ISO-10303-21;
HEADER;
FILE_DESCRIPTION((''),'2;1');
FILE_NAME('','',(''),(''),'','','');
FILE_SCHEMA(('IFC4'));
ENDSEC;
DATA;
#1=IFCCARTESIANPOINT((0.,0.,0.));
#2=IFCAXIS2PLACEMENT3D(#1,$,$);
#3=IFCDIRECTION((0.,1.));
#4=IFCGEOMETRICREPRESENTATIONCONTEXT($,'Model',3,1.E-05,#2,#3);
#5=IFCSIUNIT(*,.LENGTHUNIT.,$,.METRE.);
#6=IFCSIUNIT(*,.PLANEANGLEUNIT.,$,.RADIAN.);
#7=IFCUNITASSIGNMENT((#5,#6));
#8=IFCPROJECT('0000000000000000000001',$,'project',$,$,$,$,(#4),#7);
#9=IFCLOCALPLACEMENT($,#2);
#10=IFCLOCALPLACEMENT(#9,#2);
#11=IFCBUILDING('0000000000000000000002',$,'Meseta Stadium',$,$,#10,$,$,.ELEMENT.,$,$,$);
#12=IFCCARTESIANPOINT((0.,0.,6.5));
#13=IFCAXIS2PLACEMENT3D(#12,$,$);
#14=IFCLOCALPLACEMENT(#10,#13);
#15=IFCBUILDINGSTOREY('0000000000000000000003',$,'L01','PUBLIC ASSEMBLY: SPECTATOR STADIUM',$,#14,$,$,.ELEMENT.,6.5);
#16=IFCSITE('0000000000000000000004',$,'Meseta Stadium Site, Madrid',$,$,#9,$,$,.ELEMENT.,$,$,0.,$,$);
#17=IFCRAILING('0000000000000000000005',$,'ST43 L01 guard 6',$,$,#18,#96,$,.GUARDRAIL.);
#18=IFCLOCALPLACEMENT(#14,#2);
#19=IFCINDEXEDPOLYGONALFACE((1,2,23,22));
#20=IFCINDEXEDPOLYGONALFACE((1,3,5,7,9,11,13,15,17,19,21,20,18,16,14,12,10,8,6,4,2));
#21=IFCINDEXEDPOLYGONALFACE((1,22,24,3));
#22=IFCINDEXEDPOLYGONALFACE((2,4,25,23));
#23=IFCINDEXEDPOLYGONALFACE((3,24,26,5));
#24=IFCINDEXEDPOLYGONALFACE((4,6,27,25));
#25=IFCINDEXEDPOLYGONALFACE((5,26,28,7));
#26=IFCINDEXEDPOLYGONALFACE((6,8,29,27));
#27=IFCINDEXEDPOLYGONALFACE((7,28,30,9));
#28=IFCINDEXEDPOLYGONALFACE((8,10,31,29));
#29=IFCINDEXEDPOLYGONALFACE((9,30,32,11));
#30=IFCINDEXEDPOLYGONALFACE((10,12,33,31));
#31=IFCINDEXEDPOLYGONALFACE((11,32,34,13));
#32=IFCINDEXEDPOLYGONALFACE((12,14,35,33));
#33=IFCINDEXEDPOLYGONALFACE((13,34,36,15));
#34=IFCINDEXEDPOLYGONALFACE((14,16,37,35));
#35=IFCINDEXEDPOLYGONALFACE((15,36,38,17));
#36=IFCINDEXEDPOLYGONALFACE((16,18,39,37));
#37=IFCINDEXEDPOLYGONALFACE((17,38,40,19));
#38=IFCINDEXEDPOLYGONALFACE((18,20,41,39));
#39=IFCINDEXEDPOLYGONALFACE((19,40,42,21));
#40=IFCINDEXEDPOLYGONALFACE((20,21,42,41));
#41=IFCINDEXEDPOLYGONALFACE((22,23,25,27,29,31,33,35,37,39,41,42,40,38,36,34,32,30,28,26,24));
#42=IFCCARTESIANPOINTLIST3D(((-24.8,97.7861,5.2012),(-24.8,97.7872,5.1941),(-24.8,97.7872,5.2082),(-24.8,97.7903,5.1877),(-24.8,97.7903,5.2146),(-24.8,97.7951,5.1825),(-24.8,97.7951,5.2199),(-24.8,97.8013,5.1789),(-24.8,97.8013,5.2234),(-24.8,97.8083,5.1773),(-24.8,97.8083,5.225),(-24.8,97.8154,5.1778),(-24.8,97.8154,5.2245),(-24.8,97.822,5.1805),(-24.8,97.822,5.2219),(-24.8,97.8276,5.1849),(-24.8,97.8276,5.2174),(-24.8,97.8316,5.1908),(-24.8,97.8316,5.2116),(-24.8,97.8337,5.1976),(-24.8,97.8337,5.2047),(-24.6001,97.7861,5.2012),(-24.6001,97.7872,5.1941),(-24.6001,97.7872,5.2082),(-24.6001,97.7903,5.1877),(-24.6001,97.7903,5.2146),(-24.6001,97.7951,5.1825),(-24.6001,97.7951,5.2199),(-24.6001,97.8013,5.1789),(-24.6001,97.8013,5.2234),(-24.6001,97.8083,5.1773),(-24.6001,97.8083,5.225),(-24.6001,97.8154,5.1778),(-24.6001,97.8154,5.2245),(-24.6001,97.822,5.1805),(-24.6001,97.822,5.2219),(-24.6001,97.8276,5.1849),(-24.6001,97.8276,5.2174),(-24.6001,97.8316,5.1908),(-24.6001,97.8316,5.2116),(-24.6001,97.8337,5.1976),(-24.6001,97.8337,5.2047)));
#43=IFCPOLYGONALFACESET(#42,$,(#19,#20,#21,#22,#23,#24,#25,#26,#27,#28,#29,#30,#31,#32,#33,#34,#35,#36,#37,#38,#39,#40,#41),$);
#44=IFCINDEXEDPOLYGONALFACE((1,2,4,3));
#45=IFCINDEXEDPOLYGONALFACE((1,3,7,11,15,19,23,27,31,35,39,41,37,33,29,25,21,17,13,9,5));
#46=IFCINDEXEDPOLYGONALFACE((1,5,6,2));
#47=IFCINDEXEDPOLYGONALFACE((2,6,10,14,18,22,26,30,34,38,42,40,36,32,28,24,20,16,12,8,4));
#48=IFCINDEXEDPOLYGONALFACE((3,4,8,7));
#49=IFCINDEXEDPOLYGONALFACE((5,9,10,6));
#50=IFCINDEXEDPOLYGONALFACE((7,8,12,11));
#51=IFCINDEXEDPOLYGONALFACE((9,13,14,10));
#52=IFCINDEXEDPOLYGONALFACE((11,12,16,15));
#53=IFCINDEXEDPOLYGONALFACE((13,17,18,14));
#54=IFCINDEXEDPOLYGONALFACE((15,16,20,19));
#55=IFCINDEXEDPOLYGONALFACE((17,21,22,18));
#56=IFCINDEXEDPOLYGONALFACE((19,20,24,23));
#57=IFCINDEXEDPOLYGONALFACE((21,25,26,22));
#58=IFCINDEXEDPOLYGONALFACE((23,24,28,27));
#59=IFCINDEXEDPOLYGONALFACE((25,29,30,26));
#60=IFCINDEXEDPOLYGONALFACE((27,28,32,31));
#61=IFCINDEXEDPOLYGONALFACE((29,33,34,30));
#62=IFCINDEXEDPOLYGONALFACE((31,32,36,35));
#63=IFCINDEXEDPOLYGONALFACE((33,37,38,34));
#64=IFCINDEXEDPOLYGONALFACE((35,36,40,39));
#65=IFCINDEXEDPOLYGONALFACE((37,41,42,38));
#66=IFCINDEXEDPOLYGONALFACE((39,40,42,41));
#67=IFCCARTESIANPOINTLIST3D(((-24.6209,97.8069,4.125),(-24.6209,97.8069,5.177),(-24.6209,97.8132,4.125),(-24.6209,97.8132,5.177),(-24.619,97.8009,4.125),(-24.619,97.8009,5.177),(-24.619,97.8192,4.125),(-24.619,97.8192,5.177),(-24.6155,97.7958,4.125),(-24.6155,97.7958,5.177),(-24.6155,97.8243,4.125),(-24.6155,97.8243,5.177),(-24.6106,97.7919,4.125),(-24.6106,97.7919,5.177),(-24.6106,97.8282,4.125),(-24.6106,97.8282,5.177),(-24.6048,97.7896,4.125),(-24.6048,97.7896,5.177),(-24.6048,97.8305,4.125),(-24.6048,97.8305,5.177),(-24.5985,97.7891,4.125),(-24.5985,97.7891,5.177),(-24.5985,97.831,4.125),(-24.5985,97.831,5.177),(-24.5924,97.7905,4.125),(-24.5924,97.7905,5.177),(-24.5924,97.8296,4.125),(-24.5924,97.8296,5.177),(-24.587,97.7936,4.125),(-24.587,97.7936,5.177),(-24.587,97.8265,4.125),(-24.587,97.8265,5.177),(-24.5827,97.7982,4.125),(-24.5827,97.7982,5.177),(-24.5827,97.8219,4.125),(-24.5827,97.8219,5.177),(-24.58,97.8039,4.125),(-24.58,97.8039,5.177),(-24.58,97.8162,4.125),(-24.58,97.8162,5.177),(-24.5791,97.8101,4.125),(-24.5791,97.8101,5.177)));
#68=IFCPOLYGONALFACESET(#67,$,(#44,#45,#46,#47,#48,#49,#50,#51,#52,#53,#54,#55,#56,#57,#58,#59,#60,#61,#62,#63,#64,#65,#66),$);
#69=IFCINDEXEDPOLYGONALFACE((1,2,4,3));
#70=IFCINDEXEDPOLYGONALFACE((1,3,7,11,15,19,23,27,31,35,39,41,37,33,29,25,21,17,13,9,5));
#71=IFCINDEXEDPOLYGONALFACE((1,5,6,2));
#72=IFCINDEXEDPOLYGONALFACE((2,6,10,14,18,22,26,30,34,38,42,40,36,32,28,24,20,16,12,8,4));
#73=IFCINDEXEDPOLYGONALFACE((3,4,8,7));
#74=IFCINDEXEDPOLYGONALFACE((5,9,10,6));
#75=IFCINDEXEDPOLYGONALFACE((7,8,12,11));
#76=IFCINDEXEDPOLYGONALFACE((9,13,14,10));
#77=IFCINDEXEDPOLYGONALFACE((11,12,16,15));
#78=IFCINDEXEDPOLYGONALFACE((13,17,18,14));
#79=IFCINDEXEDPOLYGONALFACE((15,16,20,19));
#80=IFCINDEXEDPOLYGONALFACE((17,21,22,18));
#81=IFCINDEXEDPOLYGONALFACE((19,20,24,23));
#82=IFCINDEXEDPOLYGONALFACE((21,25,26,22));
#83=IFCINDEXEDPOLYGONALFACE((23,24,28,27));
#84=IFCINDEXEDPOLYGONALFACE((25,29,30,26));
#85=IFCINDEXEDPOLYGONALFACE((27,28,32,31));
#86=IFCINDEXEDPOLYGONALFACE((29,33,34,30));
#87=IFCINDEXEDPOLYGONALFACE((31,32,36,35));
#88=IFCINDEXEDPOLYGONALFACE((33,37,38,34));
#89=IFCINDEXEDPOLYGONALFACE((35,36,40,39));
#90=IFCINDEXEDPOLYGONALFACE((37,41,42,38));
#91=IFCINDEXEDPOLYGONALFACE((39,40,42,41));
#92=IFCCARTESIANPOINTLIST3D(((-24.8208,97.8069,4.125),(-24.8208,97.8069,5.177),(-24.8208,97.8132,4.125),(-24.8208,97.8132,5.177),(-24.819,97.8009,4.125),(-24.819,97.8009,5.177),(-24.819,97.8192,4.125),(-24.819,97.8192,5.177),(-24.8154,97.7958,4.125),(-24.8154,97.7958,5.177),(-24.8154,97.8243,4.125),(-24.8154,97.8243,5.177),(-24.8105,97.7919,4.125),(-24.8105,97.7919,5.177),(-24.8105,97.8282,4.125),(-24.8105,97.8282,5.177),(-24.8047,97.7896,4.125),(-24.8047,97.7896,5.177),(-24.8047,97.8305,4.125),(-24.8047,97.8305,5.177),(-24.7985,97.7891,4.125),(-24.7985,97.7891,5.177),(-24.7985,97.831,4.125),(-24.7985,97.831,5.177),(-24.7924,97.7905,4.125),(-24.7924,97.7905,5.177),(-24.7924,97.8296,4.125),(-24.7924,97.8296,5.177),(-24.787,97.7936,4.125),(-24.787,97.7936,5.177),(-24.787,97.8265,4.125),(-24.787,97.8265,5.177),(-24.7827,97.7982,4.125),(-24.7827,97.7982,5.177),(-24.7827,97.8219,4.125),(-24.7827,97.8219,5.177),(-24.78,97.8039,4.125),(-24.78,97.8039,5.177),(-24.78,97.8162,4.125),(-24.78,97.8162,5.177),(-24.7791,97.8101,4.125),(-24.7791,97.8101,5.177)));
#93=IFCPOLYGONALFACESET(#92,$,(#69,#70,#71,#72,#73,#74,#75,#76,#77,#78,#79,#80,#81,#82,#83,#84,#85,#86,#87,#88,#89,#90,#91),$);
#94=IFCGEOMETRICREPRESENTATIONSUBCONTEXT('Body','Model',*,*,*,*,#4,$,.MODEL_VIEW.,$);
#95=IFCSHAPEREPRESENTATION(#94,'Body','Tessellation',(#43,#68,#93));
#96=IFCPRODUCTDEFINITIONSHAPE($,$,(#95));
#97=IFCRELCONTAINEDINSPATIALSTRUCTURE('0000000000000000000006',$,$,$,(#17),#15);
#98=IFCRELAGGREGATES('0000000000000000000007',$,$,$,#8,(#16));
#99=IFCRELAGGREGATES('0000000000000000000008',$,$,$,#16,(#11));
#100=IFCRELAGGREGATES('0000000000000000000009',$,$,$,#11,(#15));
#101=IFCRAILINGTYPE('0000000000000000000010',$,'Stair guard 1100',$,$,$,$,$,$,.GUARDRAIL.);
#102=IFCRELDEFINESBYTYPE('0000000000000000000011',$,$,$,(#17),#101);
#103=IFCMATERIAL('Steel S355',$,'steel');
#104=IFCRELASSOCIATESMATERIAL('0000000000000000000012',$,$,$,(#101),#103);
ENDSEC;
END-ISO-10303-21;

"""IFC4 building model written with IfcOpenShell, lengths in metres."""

from ifc_helpers import new_model, si_unit, direction, frame, origin, origin_2d, place, context, subcontext, project, spatial, circle, extrude, material, type_object, element, save


model = new_model("IFC4")

# Units and contexts
model_context = context("Model", 3, precision=1e-05, world=origin(), true_north=direction((0.0, 1.0)))
body_context = subcontext(model_context, "Body", "Model", "MODEL_VIEW")
ifc_project = project(units=[si_unit("LENGTHUNIT", "METRE"), si_unit("PLANEANGLEUNIT", "RADIAN")], contexts=[model_context])

# Site, building, storey
site_placement = place(None, origin())
site = spatial("IfcSite", under=ifc_project, at=site_placement, Name="Meseta Stadium Site, Madrid", CompositionType="ELEMENT", RefElevation=0.0)
building_placement = place(site_placement, origin())
building = spatial("IfcBuilding", under=site, at=building_placement, Name="Meseta Stadium", CompositionType="ELEMENT")
storey_placement = place(building_placement, frame((0.0, 0.0, 6.5)))
storey = spatial("IfcBuildingStorey", under=building, at=storey_placement, Name="L01", Description="PUBLIC ASSEMBLY: SPECTATOR STADIUM", CompositionType="ELEMENT", Elevation=6.5)

# Railing
ifc_material_1 = material(Name="Steel S355", Category="steel")
railing_type_1 = type_object("IfcRailingType", Name="Stair guard 1100", PredefinedType="GUARDRAIL", material=ifc_material_1)
railing_1_placement = place(storey_placement, frame((-24.6001, 97.8101, 4.125)))
element("IfcRailing", 1, at=railing_1_placement, inside=storey, type_object=railing_type_1, Name="ST43 L01 guard 6", PredefinedType="GUARDRAIL", context=body_context, shape_type="SweptSolid", body=[
    extrude(circle(Radius=0.0239, at=origin_2d()), frame((0.0, 0.0, 1.0762), z_axis=(-1.0, 0.0, 0.0), x_axis=(0.0, -1.0, 0.0)), (0.0, 0.0, 1.0), 0.2),
    extrude(circle(Radius=0.021, at=origin_2d()), origin(), (0.0, 0.0, 1.0), 1.052),
    extrude(circle(Radius=0.021, at=origin_2d()), frame((-0.2, 0.0, 0.0)), (0.0, 0.0, 1.0), 1.052),
])

save(model, "model.ifc")
